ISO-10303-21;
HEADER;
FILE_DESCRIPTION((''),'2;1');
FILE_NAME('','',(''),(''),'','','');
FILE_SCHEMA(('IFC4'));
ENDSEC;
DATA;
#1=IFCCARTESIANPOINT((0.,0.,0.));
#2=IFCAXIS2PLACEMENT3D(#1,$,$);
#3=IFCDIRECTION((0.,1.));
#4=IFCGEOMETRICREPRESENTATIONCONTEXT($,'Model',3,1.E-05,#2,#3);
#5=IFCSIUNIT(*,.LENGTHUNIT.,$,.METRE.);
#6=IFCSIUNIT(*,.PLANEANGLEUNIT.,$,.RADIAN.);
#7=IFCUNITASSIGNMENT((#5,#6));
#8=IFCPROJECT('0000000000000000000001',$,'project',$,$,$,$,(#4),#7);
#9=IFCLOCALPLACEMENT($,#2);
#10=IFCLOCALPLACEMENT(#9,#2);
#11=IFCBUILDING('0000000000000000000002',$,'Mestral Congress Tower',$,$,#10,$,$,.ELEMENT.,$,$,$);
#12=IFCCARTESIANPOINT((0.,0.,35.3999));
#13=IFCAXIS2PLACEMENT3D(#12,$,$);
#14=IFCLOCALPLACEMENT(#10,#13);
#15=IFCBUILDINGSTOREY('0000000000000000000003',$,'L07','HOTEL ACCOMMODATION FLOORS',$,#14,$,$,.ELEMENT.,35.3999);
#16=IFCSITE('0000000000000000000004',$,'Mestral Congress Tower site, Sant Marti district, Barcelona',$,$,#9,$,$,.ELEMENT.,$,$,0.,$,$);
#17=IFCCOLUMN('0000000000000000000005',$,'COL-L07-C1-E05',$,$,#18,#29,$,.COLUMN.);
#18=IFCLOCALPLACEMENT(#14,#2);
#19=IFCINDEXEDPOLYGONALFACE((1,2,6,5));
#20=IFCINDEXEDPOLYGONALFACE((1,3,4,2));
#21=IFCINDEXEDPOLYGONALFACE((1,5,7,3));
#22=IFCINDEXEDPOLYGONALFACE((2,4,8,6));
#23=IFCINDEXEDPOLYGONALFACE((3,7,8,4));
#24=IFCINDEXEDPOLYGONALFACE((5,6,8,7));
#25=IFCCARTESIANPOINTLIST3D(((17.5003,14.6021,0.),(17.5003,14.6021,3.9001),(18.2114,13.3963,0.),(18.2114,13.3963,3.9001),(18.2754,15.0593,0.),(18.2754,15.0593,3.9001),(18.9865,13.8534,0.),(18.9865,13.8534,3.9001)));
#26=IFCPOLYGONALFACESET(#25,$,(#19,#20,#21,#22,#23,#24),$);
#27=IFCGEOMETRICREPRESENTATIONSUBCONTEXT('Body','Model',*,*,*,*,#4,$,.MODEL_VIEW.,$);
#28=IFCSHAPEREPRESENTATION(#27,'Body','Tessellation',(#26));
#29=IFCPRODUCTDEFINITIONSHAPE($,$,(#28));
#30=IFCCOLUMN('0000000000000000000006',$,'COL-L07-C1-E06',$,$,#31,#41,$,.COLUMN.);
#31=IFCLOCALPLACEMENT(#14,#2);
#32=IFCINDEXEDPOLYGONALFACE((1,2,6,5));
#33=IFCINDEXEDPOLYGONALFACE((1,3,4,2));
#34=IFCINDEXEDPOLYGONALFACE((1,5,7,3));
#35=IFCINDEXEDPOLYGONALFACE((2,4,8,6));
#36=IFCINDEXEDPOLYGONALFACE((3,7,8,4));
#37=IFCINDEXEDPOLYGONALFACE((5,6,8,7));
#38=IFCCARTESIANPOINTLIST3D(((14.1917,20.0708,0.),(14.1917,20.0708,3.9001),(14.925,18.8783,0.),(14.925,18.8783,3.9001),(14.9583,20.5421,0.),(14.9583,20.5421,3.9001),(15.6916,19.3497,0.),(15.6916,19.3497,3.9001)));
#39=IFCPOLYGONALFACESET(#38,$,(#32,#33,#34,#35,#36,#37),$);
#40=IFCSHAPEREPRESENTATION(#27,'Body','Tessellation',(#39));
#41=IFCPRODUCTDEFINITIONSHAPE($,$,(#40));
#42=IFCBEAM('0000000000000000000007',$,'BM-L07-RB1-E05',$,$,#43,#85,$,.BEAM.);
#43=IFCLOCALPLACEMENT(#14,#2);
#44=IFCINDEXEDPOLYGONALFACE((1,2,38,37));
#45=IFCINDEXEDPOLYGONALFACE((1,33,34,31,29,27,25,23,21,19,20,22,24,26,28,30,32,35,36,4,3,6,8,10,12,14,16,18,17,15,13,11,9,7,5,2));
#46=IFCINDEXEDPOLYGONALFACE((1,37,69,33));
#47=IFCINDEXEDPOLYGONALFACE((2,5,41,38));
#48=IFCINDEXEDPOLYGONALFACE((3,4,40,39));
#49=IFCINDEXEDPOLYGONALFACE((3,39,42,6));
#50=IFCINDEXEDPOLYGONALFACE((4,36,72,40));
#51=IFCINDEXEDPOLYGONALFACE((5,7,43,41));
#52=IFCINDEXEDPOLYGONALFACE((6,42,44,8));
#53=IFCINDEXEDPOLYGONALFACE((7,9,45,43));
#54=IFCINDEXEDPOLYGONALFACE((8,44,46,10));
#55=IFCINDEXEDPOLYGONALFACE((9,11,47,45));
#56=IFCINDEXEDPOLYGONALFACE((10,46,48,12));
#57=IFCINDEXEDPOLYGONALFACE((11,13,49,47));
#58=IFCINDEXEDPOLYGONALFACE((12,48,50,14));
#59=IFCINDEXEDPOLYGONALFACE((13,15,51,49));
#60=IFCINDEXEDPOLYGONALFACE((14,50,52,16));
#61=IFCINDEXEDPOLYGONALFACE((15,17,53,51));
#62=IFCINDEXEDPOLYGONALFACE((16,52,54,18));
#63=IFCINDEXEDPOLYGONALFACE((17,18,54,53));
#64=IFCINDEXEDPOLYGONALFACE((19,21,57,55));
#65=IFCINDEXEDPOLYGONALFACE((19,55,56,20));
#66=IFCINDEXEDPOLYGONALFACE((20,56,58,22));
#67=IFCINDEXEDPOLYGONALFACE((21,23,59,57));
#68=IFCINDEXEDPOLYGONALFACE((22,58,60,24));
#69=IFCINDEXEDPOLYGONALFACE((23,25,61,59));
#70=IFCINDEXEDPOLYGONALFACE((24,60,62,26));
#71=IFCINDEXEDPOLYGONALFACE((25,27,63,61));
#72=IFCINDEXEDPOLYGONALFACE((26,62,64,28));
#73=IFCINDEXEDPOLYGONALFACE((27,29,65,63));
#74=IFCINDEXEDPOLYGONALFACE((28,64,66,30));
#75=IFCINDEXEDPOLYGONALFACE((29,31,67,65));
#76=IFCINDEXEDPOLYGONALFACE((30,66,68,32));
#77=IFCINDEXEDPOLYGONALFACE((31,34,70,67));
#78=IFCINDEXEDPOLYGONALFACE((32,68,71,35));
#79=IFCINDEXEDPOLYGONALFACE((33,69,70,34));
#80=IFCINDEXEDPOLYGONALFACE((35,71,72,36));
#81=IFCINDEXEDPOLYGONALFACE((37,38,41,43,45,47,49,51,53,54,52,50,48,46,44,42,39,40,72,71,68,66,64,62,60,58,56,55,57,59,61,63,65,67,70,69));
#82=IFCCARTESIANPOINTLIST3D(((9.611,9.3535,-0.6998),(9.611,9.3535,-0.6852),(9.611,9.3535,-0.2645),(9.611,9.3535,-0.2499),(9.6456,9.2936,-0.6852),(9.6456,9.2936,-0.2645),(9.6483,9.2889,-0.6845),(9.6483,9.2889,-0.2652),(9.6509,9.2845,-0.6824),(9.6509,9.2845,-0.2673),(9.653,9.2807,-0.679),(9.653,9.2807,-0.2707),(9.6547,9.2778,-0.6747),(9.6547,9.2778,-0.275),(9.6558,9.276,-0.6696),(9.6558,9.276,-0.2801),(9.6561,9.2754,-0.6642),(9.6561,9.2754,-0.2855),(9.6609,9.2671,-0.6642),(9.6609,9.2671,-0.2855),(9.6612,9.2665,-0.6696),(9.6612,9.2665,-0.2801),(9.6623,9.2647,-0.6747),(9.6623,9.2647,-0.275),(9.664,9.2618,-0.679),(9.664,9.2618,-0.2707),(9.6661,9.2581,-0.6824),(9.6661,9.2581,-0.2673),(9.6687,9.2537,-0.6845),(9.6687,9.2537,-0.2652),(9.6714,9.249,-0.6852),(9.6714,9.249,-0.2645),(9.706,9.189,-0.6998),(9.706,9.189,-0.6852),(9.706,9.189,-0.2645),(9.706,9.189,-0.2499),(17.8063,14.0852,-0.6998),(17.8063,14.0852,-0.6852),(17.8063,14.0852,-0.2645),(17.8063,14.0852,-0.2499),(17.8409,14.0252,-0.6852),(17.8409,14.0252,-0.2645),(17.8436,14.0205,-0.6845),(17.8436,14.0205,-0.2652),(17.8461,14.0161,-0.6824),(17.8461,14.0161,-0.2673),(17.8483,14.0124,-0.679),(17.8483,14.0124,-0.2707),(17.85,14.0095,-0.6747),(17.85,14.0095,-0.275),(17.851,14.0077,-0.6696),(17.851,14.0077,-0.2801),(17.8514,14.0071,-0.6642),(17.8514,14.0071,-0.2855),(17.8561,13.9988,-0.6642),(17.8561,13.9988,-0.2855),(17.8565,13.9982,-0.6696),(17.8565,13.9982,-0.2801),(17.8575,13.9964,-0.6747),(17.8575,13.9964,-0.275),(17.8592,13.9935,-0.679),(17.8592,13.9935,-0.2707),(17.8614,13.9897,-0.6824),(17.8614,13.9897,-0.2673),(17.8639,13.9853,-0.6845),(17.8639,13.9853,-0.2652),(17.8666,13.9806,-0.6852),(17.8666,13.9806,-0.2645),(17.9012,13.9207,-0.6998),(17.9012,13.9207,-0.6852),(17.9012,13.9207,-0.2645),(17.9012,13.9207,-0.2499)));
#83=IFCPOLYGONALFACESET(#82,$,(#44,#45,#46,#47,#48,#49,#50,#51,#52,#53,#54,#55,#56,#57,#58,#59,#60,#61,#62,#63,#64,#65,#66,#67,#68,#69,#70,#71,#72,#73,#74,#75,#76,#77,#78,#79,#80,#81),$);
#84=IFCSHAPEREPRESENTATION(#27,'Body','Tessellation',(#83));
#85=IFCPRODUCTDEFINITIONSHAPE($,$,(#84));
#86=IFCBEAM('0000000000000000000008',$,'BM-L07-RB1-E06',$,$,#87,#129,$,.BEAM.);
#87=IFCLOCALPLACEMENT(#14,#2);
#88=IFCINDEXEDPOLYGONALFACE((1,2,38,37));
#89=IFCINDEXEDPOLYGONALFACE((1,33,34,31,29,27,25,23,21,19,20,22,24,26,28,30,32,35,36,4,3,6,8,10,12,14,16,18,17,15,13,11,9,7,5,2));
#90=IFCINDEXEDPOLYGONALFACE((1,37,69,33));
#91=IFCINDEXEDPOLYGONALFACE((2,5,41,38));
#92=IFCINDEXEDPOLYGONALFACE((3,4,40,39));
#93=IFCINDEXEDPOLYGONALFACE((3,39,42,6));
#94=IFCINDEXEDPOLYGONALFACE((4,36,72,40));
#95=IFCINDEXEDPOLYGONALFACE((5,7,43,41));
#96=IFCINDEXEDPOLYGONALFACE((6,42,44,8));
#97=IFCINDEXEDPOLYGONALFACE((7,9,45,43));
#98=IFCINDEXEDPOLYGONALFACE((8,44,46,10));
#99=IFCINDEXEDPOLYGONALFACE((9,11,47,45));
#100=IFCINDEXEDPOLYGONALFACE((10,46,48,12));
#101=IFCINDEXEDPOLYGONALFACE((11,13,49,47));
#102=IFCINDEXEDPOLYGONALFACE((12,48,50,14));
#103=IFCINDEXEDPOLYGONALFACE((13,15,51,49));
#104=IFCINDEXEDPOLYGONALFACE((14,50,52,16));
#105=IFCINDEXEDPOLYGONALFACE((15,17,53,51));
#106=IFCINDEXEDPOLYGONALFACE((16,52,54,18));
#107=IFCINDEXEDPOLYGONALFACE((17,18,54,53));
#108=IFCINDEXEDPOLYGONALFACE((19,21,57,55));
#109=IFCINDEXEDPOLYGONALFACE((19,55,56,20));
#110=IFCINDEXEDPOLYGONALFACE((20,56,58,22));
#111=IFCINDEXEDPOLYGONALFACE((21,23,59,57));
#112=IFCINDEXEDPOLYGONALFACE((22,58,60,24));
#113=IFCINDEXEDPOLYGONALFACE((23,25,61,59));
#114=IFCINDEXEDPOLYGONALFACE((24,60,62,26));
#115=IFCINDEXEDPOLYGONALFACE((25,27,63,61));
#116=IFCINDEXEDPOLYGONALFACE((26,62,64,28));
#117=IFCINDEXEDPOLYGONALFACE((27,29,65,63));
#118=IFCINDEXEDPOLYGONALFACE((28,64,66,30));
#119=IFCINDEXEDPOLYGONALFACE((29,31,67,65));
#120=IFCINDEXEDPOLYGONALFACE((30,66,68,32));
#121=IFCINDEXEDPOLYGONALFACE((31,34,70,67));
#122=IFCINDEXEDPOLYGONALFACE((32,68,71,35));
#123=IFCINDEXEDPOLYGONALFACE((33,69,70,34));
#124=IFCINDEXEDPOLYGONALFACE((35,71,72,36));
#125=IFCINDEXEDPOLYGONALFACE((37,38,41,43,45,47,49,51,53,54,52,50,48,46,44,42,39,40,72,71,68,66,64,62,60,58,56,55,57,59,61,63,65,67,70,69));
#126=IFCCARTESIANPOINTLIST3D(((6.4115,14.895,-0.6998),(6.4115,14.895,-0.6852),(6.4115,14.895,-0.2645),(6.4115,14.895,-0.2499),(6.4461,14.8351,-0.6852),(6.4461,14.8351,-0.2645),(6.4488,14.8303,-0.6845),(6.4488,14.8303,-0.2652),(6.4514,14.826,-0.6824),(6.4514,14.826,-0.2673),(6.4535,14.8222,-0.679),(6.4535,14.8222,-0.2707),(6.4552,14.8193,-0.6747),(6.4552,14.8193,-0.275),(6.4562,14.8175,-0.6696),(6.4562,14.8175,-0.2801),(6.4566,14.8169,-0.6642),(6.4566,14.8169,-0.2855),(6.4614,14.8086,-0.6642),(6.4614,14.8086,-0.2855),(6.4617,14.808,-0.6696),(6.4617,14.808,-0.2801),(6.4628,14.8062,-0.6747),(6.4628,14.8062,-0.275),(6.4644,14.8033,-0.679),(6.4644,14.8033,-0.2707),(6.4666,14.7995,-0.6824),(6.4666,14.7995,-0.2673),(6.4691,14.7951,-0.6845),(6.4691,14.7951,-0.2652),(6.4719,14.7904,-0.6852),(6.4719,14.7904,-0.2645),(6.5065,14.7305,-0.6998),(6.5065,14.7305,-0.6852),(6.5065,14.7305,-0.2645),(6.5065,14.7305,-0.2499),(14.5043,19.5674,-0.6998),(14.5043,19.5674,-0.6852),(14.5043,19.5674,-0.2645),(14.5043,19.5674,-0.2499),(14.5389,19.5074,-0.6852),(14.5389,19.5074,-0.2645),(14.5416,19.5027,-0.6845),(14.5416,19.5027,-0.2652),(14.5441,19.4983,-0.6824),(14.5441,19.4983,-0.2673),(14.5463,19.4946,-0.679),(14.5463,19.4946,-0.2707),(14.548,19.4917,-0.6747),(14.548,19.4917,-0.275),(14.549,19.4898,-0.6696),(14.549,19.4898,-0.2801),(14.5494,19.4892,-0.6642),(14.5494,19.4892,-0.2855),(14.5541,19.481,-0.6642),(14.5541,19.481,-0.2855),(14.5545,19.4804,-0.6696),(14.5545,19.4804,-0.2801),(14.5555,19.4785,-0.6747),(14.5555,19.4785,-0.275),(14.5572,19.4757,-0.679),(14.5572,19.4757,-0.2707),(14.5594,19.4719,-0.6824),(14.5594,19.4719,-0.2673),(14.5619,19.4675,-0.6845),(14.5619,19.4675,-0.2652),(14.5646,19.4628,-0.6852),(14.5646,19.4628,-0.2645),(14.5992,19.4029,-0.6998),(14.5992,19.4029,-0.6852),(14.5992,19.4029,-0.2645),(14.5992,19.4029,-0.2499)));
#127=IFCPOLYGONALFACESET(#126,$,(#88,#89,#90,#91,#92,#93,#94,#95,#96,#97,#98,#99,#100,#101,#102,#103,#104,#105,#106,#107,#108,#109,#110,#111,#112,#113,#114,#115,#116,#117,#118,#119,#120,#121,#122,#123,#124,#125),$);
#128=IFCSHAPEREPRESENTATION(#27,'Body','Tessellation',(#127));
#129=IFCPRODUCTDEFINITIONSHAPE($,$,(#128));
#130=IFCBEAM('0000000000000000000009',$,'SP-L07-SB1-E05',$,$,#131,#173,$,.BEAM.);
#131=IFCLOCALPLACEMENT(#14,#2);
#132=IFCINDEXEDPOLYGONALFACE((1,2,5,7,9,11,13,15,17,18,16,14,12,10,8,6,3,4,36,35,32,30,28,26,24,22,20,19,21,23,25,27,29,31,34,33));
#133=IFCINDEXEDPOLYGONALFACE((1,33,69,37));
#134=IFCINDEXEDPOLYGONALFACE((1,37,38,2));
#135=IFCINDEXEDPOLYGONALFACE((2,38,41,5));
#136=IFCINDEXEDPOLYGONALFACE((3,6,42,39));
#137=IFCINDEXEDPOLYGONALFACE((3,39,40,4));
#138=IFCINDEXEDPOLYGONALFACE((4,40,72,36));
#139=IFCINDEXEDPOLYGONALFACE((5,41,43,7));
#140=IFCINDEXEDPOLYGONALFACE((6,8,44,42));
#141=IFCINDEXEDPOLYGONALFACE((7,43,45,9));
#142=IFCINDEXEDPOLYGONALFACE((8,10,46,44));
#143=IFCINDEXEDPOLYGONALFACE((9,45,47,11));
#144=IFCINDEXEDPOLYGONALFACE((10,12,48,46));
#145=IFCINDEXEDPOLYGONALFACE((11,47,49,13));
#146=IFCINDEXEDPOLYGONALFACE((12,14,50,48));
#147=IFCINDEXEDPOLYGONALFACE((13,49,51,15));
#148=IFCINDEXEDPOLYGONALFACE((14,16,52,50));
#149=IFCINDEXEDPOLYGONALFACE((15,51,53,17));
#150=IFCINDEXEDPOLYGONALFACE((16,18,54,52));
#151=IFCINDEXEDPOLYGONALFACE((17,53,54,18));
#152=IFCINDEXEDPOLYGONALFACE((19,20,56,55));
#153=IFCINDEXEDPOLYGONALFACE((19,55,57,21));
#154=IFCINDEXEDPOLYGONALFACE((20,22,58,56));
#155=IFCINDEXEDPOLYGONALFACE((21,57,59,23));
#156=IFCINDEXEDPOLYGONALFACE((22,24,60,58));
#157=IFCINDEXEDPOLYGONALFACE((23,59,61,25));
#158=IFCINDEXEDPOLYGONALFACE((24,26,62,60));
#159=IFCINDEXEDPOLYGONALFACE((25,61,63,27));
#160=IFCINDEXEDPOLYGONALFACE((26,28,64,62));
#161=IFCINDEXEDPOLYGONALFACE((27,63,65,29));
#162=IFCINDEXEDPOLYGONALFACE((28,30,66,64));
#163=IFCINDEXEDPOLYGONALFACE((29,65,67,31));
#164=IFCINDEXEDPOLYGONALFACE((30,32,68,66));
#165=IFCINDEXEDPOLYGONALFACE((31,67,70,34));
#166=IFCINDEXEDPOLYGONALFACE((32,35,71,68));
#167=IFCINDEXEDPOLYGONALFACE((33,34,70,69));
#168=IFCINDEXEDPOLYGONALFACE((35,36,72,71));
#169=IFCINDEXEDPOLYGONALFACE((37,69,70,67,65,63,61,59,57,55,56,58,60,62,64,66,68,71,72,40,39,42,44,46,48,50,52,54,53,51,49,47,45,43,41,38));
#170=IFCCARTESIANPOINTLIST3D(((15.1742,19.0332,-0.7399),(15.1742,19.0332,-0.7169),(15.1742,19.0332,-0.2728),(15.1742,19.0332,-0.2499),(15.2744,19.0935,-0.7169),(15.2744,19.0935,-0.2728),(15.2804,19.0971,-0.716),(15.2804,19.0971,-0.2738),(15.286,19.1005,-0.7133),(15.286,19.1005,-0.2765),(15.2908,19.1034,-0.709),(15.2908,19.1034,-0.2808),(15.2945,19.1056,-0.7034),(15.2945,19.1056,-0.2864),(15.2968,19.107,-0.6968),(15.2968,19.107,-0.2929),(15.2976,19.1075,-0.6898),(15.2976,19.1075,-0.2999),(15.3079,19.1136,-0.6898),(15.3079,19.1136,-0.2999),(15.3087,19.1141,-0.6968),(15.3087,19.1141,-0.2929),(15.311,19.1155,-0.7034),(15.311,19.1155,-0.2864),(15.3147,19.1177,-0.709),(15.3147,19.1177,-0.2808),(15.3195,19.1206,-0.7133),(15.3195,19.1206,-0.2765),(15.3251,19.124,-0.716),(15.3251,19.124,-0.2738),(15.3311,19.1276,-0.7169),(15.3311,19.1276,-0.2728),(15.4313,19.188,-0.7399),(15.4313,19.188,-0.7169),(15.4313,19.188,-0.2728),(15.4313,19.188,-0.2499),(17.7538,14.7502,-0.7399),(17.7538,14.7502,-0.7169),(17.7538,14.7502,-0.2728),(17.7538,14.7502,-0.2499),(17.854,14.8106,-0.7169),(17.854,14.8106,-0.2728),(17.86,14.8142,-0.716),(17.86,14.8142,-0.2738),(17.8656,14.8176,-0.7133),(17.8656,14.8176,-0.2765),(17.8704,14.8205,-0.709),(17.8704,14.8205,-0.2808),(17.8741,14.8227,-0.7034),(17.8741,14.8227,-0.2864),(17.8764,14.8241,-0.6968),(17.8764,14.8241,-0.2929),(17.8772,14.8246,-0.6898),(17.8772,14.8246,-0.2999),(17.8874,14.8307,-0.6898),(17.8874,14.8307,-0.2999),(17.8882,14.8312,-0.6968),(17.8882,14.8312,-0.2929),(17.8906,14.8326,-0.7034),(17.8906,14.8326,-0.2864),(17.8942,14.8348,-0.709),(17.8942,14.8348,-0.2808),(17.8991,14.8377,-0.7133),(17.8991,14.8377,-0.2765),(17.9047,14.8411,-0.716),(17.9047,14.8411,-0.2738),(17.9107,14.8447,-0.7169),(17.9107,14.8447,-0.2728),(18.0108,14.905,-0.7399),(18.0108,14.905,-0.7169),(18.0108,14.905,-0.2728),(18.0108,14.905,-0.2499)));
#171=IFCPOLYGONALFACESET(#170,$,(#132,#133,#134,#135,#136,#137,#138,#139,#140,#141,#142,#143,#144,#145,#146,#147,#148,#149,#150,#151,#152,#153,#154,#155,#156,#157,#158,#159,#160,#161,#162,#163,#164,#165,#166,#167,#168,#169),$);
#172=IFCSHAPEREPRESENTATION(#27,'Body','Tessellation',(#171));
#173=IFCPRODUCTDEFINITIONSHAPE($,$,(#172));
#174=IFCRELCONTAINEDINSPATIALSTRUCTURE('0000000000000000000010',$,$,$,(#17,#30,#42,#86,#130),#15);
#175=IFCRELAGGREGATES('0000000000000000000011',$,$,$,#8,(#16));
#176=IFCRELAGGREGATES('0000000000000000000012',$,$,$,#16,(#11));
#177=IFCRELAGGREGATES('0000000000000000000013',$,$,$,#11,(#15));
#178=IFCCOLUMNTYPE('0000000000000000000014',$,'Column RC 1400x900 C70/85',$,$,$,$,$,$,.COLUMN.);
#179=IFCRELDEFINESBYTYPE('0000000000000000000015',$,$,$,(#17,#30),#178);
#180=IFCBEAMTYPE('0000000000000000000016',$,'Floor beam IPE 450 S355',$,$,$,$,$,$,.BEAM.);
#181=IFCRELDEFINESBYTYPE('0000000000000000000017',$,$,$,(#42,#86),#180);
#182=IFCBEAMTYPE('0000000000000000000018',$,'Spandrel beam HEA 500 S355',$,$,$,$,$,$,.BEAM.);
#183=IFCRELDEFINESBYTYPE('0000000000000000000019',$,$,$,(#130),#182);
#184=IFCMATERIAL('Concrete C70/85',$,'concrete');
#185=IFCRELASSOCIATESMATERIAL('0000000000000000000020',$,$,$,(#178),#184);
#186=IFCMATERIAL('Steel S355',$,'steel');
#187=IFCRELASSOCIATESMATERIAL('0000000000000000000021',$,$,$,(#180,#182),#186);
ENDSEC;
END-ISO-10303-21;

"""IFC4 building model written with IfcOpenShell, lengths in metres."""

from ifc_helpers import new_model, si_unit, direction, frame, origin, origin_2d, place, context, subcontext, project, spatial, rectangle, i_section, extrude, material, material_profile, profile_set, type_object, element, save


model = new_model("IFC4")

# Units and contexts
model_context = context("Model", 3, precision=1e-05, world=origin(), true_north=direction((0.0, 1.0)))
body_context = subcontext(model_context, "Body", "Model", "MODEL_VIEW")
ifc_project = project(units=[si_unit("LENGTHUNIT", "METRE"), si_unit("PLANEANGLEUNIT", "RADIAN")], contexts=[model_context])

# Site, building, storey
site_placement = place(None, origin())
site = spatial("IfcSite", under=ifc_project, at=site_placement, Name="Mestral Congress Tower site, Sant Marti district, Barcelona", CompositionType="ELEMENT", RefElevation=0.0)
building_placement = place(site_placement, origin())
building = spatial("IfcBuilding", under=site, at=building_placement, Name="Mestral Congress Tower", CompositionType="ELEMENT")
storey_placement = place(building_placement, frame((0.0, 0.0, 35.3999)))
storey = spatial("IfcBuildingStorey", under=building, at=storey_placement, Name="L07", Description="HOTEL ACCOMMODATION FLOORS", CompositionType="ELEMENT", Elevation=35.3999)

# Columns
ifc_material_1 = material(Name="Concrete C70/85", Category="concrete")
ifc_material_profile_1 = material_profile(ifc_material_1, rectangle(XDim=1.3999, YDim=0.8999, at=origin_2d()), Name="RC 1400x900")
ifc_profile_set_1 = profile_set([ifc_material_profile_1], Name="Concrete C70/85")
column_type = type_object("IfcColumnType", Name="Column RC 1400x900 C70/85", PredefinedType="COLUMN", material=ifc_profile_set_1)
for number, where, z_axis, x_axis, name in (
    (1, (18.2434, 14.2278, 0.0), (0.0, 0.0, 1.0), (-0.507983, 0.861367, 0.0), "COL-L07-C1-E05"),
    (2, (14.9417, 19.7102, 0.0), (0.0, 0.0, 1.0), (-0.523819, 0.851829, 0.0), "COL-L07-C1-E06"),
):
    element("IfcColumn", number, at=place(storey_placement, frame(where, z_axis=z_axis, x_axis=x_axis)), inside=storey, type_object=column_type, Name=name, PredefinedType="COLUMN", context=body_context, shape_type="SweptSolid", body=[
        extrude(rectangle(XDim=1.3999, YDim=0.8999, at=origin_2d()), origin(), (0.0, 0.0, 1.0), 3.9001),
    ])

# Beams
ifc_material_2 = material(Name="Steel S355", Category="steel")
ifc_material_profile_2 = material_profile(ifc_material_2, i_section(OverallWidth=0.1899, OverallDepth=0.45, WebThickness=0.0095, FlangeThickness=0.0146, FilletRadius=0.021, at=origin_2d()), Name="IPE 450")
ifc_profile_set_2 = profile_set([ifc_material_profile_2], Name="Steel S355")
beam_type_1 = type_object("IfcBeamType", Name="Floor beam IPE 450 S355", PredefinedType="BEAM", material=ifc_profile_set_2)
beam_1_placement = place(storey_placement, frame((17.8538, 14.0029, -0.4749), z_axis=(-0.86602, -0.50001, 0.0), x_axis=(0.50001, -0.86602, 0.0)))
element("IfcBeam", 3, at=beam_1_placement, inside=storey, type_object=beam_type_1, Name="BM-L07-RB1-E05", PredefinedType="BEAM", context=body_context, shape_type="SweptSolid", body=[
    extrude(i_section(OverallWidth=0.1899, OverallDepth=0.45, WebThickness=0.0095, FlangeThickness=0.0146, FilletRadius=0.021, at=origin_2d()), origin(), (0.0, 0.0, 1.0), 9.4631),
])
beam_2_placement = place(storey_placement, frame((14.5518, 19.4851, -0.4749), z_axis=(-0.866025, -0.5, 0.0), x_axis=(0.5, -0.866025, 0.0)))
element("IfcBeam", 4, at=beam_2_placement, inside=storey, type_object=beam_type_1, Name="BM-L07-RB1-E06", PredefinedType="BEAM", context=body_context, shape_type="SweptSolid", body=[
    extrude(i_section(OverallWidth=0.1899, OverallDepth=0.45, WebThickness=0.0095, FlangeThickness=0.0146, FilletRadius=0.021, at=origin_2d()), origin(), (0.0, 0.0, 1.0), 9.3447),
])
ifc_material_profile_3 = material_profile(ifc_material_2, i_section(OverallWidth=0.3, OverallDepth=0.49, WebThickness=0.012, FlangeThickness=0.0229, FilletRadius=0.0271, at=origin_2d()), Name="HEA 500")
ifc_profile_set_3 = profile_set([ifc_material_profile_3], Name="Steel S355")
beam_type_2 = type_object("IfcBeamType", Name="Spandrel beam HEA 500 S355", PredefinedType="BEAM", material=ifc_profile_set_3)
for number, where, z_axis, x_axis, name in (
    (5, (17.8823, 14.8276, -0.4949), (-0.515938, 0.856626, 0.0), (-0.856626, -0.515938, 0.0), "SP-L07-SB1-E05"),
):
    element("IfcBeam", number, at=place(storey_placement, frame(where, z_axis=z_axis, x_axis=x_axis)), inside=storey, type_object=beam_type_2, Name=name, PredefinedType="BEAM", context=body_context, shape_type="SweptSolid", body=[
        extrude(i_section(OverallWidth=0.3, OverallDepth=0.49, WebThickness=0.012, FlangeThickness=0.0229, FilletRadius=0.0271, at=origin_2d()), origin(), (0.0, 0.0, 1.0), 4.9998),
    ])

save(model, "model.ifc")
